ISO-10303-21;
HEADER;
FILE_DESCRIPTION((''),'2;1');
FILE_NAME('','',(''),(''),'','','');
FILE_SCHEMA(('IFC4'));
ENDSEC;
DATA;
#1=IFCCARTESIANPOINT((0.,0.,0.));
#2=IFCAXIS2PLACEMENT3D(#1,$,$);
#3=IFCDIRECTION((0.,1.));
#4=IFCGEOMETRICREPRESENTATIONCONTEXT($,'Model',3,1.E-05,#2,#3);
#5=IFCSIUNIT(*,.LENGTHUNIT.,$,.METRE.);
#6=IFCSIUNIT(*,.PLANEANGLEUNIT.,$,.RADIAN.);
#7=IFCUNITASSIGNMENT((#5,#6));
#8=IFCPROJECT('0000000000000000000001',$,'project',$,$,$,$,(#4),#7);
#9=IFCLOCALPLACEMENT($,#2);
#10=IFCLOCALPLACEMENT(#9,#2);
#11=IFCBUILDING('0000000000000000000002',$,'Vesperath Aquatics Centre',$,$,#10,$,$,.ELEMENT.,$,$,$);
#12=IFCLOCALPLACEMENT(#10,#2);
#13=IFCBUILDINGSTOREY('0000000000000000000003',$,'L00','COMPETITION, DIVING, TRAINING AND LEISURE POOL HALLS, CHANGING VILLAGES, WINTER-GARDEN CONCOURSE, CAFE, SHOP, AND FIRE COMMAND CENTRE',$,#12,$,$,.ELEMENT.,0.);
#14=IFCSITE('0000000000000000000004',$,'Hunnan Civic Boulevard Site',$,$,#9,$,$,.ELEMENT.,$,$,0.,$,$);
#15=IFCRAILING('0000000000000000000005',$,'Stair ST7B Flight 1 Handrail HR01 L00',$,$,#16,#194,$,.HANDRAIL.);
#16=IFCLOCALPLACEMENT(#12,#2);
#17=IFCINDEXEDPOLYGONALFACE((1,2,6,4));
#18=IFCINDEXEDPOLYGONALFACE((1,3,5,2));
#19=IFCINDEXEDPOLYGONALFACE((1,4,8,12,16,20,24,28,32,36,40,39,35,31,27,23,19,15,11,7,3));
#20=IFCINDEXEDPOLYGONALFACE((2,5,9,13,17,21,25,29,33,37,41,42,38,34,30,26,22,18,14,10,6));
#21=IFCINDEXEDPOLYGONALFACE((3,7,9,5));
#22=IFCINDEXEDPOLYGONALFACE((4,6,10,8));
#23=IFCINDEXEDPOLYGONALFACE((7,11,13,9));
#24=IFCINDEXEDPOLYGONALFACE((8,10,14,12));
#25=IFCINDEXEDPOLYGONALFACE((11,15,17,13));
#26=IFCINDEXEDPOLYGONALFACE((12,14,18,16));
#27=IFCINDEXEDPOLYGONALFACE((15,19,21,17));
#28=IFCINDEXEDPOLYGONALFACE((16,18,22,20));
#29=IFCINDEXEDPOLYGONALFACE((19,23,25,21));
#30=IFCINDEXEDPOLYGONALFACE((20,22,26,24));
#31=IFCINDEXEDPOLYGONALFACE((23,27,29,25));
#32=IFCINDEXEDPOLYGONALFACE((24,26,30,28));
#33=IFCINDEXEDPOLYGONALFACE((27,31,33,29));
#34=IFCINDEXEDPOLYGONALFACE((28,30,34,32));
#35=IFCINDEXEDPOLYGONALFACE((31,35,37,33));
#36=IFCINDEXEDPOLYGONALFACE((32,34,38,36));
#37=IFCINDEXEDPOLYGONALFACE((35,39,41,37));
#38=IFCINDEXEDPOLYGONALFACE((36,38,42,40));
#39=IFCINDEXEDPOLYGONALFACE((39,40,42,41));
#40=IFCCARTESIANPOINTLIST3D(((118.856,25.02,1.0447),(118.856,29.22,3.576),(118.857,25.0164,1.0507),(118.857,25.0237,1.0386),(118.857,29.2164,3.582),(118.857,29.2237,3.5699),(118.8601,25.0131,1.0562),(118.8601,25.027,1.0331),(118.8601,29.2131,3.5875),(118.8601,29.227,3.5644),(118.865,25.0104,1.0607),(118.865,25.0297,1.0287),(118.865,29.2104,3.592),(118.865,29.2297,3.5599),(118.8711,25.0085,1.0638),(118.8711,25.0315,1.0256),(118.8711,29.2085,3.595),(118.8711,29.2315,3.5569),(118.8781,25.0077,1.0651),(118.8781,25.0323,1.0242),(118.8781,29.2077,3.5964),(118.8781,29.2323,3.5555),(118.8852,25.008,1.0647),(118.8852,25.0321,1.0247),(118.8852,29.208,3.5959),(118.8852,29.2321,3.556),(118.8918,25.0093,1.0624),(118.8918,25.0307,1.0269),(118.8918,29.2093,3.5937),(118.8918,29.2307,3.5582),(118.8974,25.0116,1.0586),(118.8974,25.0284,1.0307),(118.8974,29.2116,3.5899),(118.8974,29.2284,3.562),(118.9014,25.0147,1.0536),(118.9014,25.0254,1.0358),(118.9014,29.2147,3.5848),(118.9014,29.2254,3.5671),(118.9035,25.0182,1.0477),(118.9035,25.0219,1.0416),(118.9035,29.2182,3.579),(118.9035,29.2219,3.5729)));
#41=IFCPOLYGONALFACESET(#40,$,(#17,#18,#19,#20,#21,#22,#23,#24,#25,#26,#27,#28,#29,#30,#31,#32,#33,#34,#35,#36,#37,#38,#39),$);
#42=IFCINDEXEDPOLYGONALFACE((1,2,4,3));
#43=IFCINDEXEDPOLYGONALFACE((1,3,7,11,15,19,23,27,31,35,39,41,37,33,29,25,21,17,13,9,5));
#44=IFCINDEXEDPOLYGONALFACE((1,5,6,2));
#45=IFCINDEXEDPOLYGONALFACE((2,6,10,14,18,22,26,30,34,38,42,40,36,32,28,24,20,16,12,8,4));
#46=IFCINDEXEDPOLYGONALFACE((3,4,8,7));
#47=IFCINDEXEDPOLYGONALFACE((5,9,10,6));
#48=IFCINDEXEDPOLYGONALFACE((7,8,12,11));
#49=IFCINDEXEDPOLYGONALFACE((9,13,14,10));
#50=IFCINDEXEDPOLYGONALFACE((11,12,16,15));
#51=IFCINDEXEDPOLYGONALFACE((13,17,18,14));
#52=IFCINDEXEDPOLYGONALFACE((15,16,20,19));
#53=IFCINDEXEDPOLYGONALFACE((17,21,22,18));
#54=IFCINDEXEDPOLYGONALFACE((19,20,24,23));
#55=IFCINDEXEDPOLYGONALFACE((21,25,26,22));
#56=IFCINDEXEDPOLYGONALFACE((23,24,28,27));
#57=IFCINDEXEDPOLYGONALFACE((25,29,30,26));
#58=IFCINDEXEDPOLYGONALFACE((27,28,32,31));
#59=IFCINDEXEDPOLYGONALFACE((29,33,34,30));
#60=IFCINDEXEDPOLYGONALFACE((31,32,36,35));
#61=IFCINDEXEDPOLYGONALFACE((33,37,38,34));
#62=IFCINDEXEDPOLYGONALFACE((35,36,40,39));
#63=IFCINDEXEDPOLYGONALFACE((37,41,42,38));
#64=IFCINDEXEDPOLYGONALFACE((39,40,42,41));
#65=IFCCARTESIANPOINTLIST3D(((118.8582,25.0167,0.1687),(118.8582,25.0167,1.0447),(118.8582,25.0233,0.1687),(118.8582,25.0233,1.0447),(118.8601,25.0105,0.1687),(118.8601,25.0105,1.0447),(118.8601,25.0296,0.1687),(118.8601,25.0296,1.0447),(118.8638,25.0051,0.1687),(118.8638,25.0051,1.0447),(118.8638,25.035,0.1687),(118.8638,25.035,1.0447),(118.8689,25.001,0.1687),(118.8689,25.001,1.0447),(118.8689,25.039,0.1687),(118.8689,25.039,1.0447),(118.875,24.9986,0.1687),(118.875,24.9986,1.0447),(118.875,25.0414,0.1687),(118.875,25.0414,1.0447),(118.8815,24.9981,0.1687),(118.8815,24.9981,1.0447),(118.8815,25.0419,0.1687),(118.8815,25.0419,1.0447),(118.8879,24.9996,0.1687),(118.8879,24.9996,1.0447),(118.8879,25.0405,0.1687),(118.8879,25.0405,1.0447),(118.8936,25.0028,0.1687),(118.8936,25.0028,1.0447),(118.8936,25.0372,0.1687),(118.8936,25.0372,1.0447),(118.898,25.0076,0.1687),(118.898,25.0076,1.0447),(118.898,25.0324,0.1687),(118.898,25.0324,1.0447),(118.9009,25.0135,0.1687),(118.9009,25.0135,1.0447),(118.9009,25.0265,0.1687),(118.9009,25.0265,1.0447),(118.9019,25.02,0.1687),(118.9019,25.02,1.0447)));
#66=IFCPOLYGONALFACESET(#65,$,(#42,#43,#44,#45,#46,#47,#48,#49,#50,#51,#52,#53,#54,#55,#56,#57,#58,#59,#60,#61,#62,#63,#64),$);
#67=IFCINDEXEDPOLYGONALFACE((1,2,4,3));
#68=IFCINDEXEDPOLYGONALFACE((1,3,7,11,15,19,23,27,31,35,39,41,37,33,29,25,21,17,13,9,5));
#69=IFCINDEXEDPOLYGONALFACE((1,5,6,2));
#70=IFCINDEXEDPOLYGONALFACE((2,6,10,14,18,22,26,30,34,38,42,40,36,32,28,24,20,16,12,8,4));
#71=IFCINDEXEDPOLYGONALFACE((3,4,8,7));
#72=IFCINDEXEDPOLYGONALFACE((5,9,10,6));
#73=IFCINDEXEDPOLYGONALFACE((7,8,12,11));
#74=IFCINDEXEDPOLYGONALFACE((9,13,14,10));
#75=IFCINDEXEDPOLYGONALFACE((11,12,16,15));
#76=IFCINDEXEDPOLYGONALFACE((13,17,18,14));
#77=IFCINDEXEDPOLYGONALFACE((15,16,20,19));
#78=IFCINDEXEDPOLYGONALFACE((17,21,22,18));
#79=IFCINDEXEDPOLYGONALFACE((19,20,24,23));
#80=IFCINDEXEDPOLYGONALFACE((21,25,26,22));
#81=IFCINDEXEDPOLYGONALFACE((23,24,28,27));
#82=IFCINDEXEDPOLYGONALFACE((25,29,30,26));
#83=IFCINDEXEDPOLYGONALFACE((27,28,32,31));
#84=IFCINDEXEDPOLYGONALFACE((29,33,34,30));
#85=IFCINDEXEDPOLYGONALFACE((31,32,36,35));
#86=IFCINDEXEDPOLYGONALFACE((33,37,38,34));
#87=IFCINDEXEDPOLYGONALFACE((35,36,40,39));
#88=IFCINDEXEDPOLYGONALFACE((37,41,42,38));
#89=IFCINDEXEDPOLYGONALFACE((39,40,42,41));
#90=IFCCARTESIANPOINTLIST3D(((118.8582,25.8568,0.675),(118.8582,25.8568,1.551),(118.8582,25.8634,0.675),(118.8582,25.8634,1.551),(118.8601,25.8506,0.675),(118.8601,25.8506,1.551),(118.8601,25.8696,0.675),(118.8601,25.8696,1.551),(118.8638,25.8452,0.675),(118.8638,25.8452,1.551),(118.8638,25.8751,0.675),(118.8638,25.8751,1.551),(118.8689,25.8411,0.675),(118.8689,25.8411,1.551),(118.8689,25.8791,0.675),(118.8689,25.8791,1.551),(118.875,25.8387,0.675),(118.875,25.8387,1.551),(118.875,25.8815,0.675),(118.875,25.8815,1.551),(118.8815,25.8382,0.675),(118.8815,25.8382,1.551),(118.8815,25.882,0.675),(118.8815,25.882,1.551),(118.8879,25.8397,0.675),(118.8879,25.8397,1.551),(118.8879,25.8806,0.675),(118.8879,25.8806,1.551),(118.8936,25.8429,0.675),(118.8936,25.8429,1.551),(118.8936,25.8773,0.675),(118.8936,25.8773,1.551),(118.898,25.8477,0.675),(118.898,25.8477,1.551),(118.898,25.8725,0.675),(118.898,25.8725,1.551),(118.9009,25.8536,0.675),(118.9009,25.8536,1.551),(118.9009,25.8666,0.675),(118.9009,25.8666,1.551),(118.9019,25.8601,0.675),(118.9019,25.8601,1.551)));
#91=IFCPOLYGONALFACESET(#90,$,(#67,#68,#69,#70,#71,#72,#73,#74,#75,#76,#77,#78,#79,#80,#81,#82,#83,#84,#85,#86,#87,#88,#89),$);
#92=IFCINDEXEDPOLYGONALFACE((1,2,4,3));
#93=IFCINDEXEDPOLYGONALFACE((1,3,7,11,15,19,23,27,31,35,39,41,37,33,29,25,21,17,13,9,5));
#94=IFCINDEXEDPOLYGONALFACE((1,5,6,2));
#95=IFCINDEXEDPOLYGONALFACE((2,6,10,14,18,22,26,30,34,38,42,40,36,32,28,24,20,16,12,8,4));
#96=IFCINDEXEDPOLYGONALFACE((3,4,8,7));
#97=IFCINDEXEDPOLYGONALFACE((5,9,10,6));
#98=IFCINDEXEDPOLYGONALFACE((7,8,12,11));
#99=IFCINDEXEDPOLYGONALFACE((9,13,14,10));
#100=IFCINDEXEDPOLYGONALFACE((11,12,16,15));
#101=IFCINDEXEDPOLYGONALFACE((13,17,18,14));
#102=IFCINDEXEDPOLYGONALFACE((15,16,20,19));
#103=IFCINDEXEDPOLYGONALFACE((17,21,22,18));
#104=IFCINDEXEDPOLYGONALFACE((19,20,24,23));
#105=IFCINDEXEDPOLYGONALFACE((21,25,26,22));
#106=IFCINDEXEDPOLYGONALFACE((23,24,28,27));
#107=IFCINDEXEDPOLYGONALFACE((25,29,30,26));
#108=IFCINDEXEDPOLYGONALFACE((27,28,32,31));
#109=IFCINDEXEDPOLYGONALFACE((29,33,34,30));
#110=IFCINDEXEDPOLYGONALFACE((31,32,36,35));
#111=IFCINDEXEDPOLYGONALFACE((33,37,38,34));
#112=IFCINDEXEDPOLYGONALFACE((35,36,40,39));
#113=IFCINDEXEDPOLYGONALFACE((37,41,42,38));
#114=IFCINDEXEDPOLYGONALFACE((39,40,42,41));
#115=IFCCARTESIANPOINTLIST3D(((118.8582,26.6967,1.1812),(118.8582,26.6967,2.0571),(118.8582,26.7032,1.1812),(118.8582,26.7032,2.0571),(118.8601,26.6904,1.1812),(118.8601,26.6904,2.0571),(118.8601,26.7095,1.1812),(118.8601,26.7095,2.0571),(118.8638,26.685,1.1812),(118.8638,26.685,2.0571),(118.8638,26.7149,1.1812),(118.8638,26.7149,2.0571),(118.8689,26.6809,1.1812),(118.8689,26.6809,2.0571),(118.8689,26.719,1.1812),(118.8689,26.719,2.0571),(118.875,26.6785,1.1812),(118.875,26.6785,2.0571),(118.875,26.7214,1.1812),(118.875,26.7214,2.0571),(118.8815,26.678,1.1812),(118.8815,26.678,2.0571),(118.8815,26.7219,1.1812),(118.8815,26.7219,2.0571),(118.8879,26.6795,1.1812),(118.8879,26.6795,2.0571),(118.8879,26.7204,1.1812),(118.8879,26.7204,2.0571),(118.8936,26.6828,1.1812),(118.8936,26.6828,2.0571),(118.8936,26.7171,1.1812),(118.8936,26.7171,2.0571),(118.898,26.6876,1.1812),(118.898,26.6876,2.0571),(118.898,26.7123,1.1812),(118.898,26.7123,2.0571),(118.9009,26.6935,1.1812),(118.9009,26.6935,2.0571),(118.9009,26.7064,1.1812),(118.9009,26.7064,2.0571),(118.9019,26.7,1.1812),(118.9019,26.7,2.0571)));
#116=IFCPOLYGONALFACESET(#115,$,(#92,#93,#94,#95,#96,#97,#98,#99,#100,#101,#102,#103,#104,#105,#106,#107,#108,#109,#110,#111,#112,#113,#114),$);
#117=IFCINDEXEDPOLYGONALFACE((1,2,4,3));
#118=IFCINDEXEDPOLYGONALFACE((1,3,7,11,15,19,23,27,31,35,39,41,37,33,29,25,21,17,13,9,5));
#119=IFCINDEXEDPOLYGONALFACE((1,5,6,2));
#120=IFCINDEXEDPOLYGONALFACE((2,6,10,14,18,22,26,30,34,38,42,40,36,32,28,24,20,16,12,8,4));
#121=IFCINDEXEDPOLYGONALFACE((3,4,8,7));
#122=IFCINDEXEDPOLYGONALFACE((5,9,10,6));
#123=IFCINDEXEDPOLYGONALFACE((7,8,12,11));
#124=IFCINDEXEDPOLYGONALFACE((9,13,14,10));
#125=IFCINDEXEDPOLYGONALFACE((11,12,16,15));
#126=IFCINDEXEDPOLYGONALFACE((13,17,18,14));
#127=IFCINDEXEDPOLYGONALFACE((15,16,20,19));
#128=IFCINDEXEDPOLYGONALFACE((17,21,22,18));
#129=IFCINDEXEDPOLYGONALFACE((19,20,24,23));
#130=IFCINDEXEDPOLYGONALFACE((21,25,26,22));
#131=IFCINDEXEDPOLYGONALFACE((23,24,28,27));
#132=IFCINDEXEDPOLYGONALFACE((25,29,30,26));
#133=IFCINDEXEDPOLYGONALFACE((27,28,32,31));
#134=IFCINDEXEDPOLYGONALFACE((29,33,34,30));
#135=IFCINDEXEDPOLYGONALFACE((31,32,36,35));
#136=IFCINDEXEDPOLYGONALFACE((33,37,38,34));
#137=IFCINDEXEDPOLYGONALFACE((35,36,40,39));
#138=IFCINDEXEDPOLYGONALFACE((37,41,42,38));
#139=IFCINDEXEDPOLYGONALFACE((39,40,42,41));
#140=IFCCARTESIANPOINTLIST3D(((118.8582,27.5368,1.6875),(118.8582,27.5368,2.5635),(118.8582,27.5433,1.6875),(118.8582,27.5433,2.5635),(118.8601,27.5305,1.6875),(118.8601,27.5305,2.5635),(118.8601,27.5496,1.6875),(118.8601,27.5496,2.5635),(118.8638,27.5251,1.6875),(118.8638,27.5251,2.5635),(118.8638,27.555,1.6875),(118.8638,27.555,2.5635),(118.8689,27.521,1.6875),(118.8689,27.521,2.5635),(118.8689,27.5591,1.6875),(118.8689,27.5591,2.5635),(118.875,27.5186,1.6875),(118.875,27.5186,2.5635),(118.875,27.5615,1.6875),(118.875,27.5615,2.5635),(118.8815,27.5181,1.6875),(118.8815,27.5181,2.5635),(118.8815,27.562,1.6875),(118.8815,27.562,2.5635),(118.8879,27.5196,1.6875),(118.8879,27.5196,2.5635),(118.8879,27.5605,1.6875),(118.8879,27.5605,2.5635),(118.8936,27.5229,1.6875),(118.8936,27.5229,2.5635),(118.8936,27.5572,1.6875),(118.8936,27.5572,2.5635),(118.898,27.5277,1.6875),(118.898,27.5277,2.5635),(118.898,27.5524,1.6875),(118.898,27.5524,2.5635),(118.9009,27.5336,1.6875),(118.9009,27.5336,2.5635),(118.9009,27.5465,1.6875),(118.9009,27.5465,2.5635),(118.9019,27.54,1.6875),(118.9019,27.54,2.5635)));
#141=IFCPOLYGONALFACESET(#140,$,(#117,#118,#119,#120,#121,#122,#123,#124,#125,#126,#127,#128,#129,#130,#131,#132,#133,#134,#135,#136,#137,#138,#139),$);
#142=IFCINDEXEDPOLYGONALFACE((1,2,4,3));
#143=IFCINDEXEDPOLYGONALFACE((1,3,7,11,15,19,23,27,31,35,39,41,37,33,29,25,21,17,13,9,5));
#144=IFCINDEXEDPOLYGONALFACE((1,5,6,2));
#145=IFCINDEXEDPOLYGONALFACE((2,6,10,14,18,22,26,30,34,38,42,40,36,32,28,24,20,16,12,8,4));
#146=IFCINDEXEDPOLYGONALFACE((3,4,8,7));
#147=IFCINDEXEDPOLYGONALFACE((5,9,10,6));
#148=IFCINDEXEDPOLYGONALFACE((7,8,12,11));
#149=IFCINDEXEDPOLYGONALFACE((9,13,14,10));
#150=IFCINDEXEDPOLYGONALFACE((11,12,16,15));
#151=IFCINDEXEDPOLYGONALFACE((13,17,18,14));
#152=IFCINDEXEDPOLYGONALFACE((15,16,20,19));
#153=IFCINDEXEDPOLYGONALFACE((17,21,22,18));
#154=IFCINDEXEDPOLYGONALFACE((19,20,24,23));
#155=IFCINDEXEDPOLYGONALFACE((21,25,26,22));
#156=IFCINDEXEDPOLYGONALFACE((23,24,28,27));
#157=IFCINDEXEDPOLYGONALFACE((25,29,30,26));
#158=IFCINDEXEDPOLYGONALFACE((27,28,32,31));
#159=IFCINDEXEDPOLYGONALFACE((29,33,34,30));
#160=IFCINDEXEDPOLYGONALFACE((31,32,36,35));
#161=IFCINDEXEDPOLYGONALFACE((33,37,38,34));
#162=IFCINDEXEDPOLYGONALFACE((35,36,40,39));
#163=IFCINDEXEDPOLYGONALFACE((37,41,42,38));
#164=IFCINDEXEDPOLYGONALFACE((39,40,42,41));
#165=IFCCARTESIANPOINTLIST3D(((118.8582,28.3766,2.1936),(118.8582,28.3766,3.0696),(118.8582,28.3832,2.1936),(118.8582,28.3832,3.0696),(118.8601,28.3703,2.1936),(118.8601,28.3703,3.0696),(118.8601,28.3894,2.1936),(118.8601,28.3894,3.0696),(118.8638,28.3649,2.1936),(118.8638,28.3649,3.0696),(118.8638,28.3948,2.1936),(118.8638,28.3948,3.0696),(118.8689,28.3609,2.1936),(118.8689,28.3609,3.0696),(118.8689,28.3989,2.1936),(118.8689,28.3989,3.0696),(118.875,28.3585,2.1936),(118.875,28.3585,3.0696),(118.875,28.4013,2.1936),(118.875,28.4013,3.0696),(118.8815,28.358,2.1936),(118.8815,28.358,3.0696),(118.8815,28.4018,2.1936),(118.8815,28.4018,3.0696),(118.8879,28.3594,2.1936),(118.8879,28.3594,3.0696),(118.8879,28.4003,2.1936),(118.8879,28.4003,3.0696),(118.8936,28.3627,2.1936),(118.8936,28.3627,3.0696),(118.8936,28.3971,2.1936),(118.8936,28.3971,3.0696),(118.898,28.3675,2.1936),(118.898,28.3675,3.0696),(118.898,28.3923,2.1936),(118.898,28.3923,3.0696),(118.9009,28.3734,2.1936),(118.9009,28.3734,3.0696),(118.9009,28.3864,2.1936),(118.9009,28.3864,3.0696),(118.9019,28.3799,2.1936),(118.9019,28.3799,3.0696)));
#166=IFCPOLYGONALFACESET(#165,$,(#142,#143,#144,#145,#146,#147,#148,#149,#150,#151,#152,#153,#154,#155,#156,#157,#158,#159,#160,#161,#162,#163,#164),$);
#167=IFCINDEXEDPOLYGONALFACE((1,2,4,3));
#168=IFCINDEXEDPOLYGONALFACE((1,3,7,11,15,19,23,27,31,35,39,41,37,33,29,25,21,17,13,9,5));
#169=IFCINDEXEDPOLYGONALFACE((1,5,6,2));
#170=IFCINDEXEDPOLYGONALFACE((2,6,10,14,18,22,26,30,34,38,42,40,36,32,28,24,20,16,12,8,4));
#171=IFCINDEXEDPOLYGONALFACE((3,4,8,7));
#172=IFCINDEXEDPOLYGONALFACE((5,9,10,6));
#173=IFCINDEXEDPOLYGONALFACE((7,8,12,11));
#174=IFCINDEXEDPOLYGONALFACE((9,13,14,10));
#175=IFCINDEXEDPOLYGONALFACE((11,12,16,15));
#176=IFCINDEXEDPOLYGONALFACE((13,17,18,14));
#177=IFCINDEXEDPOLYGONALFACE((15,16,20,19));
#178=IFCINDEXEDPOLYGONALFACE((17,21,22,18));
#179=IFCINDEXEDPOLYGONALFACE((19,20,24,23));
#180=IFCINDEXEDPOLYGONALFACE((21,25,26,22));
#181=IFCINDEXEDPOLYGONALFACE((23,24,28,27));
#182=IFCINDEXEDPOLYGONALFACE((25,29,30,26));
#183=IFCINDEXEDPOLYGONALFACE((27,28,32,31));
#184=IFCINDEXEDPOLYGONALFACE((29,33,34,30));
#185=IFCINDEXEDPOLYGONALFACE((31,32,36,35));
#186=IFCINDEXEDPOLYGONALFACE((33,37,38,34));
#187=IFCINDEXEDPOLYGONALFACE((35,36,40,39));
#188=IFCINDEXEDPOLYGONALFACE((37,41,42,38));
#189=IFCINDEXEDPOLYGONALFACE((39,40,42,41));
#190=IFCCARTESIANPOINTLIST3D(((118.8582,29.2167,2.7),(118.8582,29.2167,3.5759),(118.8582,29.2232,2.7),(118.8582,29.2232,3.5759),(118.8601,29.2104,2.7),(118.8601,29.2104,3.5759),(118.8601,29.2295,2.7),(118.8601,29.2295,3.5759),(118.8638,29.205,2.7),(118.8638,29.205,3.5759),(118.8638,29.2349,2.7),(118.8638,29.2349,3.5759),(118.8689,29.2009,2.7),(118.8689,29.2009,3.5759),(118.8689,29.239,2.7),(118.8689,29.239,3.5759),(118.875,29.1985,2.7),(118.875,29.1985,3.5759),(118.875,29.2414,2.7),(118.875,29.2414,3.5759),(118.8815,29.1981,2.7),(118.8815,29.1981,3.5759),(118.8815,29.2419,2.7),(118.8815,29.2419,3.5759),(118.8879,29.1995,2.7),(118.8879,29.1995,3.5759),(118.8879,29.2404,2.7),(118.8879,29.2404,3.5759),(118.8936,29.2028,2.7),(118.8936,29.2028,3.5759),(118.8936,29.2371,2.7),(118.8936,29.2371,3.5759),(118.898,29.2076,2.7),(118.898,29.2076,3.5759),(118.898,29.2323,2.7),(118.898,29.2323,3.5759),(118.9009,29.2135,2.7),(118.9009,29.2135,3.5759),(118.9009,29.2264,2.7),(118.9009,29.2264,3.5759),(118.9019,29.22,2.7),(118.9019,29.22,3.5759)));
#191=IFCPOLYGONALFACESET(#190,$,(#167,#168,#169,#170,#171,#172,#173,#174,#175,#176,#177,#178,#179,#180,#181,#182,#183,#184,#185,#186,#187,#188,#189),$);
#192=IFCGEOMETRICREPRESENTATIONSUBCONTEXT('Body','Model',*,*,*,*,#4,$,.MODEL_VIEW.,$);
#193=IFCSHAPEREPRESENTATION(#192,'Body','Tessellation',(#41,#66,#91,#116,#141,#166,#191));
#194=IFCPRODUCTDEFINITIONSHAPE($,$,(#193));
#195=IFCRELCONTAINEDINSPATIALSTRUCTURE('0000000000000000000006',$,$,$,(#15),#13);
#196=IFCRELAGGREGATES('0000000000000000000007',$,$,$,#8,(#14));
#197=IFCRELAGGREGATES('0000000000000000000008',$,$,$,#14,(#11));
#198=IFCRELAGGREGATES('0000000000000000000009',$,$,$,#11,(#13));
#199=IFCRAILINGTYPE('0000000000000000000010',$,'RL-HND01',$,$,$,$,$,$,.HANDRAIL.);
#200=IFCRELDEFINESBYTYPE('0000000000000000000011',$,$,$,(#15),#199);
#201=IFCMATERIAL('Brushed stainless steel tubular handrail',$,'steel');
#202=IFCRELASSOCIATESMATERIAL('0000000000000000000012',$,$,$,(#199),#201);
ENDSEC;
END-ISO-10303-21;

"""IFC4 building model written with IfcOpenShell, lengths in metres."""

from ifc_helpers import new_model, si_unit, direction, frame, origin, origin_2d, place, context, subcontext, project, spatial, circle, extrude, material, type_object, element, save


model = new_model("IFC4")

# Units and contexts
model_context = context("Model", 3, precision=1e-05, world=origin(), true_north=direction((0.0, 1.0)))
body_context = subcontext(model_context, "Body", "Model", "MODEL_VIEW")
ifc_project = project(units=[si_unit("LENGTHUNIT", "METRE"), si_unit("PLANEANGLEUNIT", "RADIAN")], contexts=[model_context])

# Site, building, storey
site_placement = place(None, origin())
site = spatial("IfcSite", under=ifc_project, at=site_placement, Name="Hunnan Civic Boulevard Site", CompositionType="ELEMENT", RefElevation=0.0)
building_placement = place(site_placement, origin())
building = spatial("IfcBuilding", under=site, at=building_placement, Name="Vesperath Aquatics Centre", CompositionType="ELEMENT")
storey_placement = place(building_placement, origin())
storey = spatial("IfcBuildingStorey", under=building, at=storey_placement, Name="L00", Description="COMPETITION, DIVING, TRAINING AND LEISURE POOL HALLS, CHANGING VILLAGES, WINTER-GARDEN CONCOURSE, CAFE, SHOP, AND FIRE COMMAND CENTRE", CompositionType="ELEMENT", Elevation=0.0)

# Railing
ifc_material_1 = material(Name="Brushed stainless steel tubular handrail", Category="steel")
railing_type_1 = type_object("IfcRailingType", Name="RL-HND01", PredefinedType="HANDRAIL", material=ifc_material_1)
railing_1_placement = place(storey_placement, frame((118.8799, 25.02, 0.1687)))
element("IfcRailing", 1, at=railing_1_placement, inside=storey, type_object=railing_type_1, Name="Stair ST7B Flight 1 Handrail HR01 L00", PredefinedType="HANDRAIL", context=body_context, shape_type="SweptSolid", body=[
    extrude(circle(Radius=0.0239, at=origin_2d()), frame((0.0, 0.0, 0.876), z_axis=(0.0, 0.856476, 0.516186), x_axis=(-1.0, 0.0, 0.0)), (0.0, 0.0, 1.0), 4.9038),
    extrude(circle(Radius=0.022, at=origin_2d()), origin(), (0.0, 0.0, 1.0), 0.876),
    extrude(circle(Radius=0.022, at=origin_2d()), frame((0.0, 0.8401, 0.5063)), (0.0, 0.0, 1.0), 0.876),
    extrude(circle(Radius=0.022, at=origin_2d()), frame((0.0, 1.6799, 1.0125)), (0.0, 0.0, 1.0), 0.876),
    extrude(circle(Radius=0.022, at=origin_2d()), frame((0.0, 2.52, 1.5188)), (0.0, 0.0, 1.0), 0.876),
    extrude(circle(Radius=0.022, at=origin_2d()), frame((0.0, 3.3599, 2.0249)), (0.0, 0.0, 1.0), 0.876),
    extrude(circle(Radius=0.022, at=origin_2d()), frame((0.0, 4.2, 2.5312)), (0.0, 0.0, 1.0), 0.876),
])

save(model, "model.ifc")
